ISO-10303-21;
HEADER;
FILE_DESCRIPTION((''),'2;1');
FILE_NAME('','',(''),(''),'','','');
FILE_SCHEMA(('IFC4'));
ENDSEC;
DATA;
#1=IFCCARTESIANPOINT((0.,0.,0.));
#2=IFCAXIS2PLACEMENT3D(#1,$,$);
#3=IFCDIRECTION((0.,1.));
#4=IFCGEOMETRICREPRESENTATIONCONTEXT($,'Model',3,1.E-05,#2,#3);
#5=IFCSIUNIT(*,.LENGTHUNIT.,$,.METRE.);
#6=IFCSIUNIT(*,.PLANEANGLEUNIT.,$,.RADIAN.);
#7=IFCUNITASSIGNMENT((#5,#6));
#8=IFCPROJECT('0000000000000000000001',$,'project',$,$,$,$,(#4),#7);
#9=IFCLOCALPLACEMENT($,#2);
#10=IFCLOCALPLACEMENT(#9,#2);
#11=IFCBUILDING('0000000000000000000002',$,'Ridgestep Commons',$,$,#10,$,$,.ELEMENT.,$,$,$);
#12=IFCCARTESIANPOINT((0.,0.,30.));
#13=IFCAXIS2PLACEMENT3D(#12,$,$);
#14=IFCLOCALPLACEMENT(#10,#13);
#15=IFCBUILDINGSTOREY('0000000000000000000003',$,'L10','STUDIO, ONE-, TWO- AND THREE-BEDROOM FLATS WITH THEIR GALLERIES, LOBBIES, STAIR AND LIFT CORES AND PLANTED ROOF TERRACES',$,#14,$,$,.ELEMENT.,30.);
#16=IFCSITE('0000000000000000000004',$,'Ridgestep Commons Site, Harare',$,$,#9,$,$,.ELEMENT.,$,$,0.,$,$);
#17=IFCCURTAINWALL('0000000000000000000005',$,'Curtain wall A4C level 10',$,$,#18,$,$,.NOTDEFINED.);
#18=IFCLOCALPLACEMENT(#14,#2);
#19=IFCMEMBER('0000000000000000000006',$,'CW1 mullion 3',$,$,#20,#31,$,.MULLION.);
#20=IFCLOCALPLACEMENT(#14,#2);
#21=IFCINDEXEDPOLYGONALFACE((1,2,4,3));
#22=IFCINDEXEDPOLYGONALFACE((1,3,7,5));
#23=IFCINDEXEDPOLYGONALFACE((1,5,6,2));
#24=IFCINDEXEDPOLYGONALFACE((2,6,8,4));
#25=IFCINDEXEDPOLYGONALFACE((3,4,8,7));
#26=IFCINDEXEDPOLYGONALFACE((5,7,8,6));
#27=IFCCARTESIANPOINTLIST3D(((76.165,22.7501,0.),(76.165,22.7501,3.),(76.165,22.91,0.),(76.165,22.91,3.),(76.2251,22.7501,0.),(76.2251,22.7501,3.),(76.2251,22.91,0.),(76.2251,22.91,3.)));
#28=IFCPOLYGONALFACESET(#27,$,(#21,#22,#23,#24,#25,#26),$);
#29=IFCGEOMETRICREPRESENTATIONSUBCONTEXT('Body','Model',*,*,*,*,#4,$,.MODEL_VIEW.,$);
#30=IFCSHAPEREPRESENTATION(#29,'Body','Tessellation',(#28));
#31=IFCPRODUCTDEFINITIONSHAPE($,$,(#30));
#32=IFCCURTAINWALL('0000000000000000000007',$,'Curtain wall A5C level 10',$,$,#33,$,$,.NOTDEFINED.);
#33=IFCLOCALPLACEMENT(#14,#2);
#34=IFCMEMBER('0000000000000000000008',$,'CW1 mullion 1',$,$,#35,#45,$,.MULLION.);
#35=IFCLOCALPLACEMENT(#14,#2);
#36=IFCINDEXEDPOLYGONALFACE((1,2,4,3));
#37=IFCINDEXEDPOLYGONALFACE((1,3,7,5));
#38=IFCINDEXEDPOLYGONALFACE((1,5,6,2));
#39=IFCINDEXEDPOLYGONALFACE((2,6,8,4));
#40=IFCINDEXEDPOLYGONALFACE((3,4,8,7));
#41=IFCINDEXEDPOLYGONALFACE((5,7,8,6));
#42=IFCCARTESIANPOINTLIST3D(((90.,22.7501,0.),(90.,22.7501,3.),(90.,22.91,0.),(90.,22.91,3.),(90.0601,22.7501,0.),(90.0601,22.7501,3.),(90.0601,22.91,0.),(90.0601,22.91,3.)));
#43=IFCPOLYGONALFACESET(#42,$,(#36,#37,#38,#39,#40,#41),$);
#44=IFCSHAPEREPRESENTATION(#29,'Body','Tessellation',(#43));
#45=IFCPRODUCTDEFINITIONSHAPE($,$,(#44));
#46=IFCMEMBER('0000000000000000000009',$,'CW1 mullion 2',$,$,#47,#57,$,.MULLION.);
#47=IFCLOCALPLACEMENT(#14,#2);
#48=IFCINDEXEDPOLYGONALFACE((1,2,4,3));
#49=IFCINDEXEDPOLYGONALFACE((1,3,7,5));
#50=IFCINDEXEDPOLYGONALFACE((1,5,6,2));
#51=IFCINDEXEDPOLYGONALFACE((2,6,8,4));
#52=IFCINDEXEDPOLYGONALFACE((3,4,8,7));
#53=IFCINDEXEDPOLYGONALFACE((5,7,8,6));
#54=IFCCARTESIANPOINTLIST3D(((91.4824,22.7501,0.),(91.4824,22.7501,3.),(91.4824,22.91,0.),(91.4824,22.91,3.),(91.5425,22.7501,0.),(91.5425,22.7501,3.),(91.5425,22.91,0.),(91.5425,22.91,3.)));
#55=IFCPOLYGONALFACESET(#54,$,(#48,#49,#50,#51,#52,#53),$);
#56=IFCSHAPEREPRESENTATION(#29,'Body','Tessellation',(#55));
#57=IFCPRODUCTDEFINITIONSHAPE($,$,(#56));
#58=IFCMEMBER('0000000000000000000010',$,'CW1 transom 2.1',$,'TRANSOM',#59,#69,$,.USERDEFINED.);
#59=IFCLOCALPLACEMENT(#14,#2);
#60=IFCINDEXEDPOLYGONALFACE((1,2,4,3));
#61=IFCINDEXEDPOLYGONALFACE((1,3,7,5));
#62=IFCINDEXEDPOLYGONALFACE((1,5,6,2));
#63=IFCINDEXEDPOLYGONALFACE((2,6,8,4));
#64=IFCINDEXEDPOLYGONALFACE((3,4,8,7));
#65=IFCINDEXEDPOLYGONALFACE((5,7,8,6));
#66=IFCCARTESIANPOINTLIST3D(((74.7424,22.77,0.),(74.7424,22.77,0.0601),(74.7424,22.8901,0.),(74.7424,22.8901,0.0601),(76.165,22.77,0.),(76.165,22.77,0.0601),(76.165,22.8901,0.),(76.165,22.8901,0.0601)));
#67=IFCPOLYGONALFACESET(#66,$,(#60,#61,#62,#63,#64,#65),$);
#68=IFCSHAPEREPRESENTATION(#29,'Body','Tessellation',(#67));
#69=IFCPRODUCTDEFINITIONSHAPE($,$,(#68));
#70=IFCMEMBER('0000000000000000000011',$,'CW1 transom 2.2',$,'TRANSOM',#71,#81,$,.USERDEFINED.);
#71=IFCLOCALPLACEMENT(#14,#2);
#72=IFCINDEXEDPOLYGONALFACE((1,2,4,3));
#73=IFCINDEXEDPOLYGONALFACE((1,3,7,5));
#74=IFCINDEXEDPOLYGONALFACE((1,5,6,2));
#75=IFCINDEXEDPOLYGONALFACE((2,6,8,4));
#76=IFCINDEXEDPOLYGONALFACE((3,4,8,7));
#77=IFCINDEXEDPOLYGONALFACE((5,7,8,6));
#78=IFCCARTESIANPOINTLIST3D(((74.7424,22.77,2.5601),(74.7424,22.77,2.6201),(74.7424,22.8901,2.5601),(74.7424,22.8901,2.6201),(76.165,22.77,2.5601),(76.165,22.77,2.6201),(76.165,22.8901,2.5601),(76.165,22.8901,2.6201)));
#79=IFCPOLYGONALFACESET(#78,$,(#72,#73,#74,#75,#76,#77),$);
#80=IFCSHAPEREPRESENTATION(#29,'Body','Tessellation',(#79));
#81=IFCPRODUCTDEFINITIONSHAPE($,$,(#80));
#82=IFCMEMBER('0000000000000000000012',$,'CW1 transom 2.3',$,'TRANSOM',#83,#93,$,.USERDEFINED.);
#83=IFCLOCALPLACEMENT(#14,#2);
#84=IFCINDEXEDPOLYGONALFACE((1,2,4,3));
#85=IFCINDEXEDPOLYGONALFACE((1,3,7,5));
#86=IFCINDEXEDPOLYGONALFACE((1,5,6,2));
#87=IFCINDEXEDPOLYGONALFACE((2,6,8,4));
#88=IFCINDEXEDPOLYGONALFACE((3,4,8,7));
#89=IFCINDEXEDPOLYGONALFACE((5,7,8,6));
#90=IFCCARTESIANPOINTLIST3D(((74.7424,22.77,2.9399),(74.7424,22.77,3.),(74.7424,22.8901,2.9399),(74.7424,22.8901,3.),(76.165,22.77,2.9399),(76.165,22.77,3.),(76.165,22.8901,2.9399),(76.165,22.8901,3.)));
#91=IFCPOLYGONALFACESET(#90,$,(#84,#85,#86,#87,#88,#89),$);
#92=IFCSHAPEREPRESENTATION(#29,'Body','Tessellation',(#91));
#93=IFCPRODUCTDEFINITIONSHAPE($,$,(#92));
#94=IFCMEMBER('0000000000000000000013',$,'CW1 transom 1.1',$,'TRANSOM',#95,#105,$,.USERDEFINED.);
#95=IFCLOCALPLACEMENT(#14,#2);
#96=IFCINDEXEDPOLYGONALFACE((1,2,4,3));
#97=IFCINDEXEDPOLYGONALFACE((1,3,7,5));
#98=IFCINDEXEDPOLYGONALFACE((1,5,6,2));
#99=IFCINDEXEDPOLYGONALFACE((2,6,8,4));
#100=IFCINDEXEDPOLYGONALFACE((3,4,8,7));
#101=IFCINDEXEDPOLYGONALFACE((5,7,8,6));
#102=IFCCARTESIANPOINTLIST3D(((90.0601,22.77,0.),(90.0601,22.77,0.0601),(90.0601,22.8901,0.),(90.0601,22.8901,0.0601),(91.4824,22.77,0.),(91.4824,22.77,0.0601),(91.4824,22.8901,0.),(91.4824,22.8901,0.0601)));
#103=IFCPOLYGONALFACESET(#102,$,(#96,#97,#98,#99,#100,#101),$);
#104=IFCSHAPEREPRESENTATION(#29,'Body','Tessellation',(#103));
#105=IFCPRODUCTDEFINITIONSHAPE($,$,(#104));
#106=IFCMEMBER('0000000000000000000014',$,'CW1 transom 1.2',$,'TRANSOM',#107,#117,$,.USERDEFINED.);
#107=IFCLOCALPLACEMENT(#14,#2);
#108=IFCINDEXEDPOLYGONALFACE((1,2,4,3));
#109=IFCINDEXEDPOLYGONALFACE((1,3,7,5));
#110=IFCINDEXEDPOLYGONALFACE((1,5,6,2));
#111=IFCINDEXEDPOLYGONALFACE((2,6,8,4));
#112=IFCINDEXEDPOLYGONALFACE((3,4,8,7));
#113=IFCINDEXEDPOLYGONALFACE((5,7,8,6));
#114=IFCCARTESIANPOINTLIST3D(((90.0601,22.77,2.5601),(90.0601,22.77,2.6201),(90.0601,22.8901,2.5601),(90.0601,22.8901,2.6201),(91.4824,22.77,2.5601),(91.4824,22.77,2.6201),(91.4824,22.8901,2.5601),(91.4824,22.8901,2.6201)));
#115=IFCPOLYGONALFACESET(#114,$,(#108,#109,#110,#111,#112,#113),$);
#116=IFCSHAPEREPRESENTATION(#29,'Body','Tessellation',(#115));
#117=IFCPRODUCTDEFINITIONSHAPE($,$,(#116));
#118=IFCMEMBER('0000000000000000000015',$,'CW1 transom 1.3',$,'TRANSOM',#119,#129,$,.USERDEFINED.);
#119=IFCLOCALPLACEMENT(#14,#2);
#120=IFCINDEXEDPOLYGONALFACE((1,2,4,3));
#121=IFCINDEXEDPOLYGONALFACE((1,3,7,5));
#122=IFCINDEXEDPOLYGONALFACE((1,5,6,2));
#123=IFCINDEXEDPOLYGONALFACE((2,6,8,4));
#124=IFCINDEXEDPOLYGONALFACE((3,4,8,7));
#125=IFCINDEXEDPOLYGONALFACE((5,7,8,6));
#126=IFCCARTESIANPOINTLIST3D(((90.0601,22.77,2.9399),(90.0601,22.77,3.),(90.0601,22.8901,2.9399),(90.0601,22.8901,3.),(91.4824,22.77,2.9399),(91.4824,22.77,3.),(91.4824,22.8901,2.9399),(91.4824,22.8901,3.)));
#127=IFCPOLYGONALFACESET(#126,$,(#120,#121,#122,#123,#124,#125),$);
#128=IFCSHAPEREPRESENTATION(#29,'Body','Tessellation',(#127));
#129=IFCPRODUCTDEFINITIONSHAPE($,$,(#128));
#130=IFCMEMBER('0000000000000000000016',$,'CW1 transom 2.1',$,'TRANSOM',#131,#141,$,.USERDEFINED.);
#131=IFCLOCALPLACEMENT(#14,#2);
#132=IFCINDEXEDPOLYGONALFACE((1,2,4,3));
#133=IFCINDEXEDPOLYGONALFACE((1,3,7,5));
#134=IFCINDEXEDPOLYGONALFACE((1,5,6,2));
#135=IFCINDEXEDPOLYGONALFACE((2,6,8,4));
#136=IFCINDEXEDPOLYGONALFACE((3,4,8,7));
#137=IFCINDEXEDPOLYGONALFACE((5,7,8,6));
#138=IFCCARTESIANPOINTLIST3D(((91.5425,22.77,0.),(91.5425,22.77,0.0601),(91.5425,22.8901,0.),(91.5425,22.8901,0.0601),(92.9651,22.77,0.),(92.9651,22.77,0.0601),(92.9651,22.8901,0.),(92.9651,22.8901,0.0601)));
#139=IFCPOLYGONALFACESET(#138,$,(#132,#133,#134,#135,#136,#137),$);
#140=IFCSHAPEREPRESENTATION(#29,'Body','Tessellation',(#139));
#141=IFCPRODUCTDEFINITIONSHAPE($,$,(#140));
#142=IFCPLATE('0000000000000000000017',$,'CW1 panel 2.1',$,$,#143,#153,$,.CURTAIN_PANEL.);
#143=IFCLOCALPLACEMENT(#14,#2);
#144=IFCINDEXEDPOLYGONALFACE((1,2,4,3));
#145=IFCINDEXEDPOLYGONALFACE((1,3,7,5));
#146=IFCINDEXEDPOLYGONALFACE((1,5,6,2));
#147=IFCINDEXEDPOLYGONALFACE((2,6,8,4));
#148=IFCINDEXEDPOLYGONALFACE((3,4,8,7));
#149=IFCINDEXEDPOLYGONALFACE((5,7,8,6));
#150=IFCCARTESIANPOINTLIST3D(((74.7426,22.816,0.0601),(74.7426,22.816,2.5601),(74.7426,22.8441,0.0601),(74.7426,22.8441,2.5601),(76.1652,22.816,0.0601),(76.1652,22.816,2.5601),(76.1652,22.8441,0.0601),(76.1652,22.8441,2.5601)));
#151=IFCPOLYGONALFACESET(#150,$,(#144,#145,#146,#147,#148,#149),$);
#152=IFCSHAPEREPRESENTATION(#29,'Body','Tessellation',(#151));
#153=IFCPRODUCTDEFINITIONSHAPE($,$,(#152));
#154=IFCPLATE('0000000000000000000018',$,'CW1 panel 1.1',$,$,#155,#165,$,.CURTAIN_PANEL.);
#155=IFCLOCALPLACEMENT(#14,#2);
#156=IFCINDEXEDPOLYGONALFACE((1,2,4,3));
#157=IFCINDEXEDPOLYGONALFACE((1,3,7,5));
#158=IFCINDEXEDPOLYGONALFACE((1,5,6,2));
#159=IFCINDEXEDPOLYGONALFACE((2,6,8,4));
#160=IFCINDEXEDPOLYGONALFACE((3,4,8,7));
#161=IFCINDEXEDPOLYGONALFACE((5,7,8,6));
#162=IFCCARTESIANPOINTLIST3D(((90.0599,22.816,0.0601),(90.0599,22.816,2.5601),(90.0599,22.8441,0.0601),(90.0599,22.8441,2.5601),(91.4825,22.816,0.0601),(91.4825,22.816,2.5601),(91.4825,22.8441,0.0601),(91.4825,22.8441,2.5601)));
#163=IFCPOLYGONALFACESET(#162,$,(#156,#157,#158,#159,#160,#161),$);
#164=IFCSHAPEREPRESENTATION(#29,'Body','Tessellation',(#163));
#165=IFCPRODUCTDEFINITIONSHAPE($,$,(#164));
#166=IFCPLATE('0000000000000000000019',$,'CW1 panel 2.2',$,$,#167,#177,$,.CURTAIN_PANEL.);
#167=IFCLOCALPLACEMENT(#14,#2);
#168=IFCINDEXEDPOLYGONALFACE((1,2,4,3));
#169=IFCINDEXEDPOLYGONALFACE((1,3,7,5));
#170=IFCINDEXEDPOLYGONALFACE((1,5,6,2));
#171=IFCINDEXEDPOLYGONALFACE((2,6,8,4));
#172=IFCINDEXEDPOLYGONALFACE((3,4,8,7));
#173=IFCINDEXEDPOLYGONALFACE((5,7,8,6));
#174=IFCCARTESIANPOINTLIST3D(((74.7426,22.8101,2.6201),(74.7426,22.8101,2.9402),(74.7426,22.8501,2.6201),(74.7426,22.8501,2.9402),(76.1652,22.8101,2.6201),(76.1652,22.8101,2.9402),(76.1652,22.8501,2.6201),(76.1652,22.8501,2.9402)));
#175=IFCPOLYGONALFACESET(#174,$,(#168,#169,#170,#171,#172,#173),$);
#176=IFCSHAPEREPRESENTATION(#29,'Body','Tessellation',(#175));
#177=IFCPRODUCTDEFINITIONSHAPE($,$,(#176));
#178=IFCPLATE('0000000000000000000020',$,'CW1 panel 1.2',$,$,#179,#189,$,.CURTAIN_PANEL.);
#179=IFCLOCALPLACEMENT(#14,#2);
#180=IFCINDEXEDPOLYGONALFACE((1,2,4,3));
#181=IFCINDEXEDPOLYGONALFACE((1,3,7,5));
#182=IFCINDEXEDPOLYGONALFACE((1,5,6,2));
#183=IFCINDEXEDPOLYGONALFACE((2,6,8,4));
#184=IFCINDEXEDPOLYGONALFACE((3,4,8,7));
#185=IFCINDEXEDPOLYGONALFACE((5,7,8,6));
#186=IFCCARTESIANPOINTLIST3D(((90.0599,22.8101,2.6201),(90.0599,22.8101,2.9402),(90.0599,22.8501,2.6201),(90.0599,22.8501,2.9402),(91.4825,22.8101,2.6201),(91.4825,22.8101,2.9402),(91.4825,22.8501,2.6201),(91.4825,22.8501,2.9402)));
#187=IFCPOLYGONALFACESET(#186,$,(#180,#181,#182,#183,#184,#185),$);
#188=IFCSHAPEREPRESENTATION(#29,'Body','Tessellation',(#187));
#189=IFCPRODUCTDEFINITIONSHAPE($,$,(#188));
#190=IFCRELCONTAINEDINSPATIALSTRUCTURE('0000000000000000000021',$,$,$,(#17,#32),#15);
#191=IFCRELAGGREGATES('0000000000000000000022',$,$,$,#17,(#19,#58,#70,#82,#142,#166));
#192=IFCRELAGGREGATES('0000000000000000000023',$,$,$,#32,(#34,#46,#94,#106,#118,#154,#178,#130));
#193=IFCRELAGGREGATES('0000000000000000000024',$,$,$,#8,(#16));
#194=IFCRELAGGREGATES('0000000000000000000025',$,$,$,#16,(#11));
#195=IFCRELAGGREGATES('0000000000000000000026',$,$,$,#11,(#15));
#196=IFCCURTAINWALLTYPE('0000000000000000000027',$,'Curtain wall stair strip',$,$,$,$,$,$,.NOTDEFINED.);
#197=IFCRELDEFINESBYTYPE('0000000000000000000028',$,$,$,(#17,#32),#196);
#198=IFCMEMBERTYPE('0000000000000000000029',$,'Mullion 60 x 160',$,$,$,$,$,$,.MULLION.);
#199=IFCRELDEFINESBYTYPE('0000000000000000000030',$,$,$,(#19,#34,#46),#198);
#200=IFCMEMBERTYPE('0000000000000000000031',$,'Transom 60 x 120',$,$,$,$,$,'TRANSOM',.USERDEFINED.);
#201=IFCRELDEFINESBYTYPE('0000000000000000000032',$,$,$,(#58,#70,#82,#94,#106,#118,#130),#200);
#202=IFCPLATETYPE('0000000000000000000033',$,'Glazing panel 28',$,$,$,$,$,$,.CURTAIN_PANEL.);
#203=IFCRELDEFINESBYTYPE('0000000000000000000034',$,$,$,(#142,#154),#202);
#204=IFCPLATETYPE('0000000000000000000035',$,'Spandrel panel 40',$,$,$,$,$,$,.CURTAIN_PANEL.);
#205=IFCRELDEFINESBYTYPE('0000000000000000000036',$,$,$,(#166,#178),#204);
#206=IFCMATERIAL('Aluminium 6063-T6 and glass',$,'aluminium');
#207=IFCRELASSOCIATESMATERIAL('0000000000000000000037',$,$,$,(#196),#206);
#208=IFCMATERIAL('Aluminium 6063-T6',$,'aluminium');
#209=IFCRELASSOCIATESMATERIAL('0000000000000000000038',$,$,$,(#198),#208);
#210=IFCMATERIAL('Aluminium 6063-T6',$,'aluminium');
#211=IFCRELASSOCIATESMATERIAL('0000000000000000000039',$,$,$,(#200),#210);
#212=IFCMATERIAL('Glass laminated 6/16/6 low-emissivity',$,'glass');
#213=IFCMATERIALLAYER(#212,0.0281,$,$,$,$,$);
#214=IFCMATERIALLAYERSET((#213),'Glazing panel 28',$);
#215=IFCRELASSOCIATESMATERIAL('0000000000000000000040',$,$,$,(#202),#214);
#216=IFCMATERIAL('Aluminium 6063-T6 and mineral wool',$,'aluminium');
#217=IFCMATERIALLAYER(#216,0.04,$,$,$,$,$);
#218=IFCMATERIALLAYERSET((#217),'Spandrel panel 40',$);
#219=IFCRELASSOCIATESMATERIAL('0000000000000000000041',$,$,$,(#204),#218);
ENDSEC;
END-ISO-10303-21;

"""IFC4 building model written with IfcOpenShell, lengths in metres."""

from ifc_helpers import new_model, si_unit, direction, frame, origin, origin_2d, place, context, subcontext, project, spatial, rectangle, extrude, material, layer, layer_set, material_profile, profile_set, type_object, element, aggregate, save


model = new_model("IFC4")

# Units and contexts
model_context = context("Model", 3, precision=1e-05, world=origin(), true_north=direction((0.0, 1.0)))
body_context = subcontext(model_context, "Body", "Model", "MODEL_VIEW")
ifc_project = project(units=[si_unit("LENGTHUNIT", "METRE"), si_unit("PLANEANGLEUNIT", "RADIAN")], contexts=[model_context])

# Site, building, storey
site_placement = place(None, origin())
site = spatial("IfcSite", under=ifc_project, at=site_placement, Name="Ridgestep Commons Site, Harare", CompositionType="ELEMENT", RefElevation=0.0)
building_placement = place(site_placement, origin())
building = spatial("IfcBuilding", under=site, at=building_placement, Name="Ridgestep Commons", CompositionType="ELEMENT")
storey_placement = place(building_placement, frame((0.0, 0.0, 30.0)))
storey = spatial("IfcBuildingStorey", under=building, at=storey_placement, Name="L10", Description="STUDIO, ONE-, TWO- AND THREE-BEDROOM FLATS WITH THEIR GALLERIES, LOBBIES, STAIR AND LIFT CORES AND PLANTED ROOF TERRACES", CompositionType="ELEMENT", Elevation=30.0)

# Curtain wall, member
ifc_material_1 = material(Name="Aluminium 6063-T6 and glass", Category="aluminium")
curtain_wall_type = type_object("IfcCurtainWallType", Name="Curtain wall stair strip", PredefinedType="NOTDEFINED", material=ifc_material_1)
curtain_wall_1_placement = place(storey_placement, origin())
curtain_wall_1 = element("IfcCurtainWall", 1, at=curtain_wall_1_placement, inside=storey, type_object=curtain_wall_type, Name="Curtain wall A4C level 10", PredefinedType="NOTDEFINED")
ifc_material_2 = material(Name="Aluminium 6063-T6", Category="aluminium")
ifc_material_profile_1 = material_profile(ifc_material_2, rectangle(XDim=0.1599, YDim=0.0601, at=origin_2d()), Name="Mullion 60 x 160")
ifc_profile_set_1 = profile_set([ifc_material_profile_1], Name="Aluminium 6063-T6")
member_type_1 = type_object("IfcMemberType", Name="Mullion 60 x 160", PredefinedType="MULLION", material=ifc_profile_set_1)
member_1_placement = place(storey_placement, frame((76.1951, 22.8301, 0.0), z_axis=(0.0, 0.0, 1.0), x_axis=(0.0, 1.0, 0.0)))
member_1 = element("IfcMember", 2, at=member_1_placement, type_object=member_type_1, Name="CW1 mullion 3", PredefinedType="MULLION", context=body_context, shape_type="SweptSolid", body=[
    extrude(rectangle(XDim=0.1599, YDim=0.0601, at=origin_2d()), origin(), (0.0, 0.0, 1.0), 3.0),
])

# Curtain wall, members
curtain_wall_2_placement = place(storey_placement, origin())
curtain_wall_2 = element("IfcCurtainWall", 3, at=curtain_wall_2_placement, inside=storey, type_object=curtain_wall_type, Name="Curtain wall A5C level 10", PredefinedType="NOTDEFINED")
member_2_placement = place(storey_placement, frame((90.03, 22.8301, 0.0), z_axis=(0.0, 0.0, 1.0), x_axis=(0.0, 1.0, 0.0)))
member_2 = element("IfcMember", 4, at=member_2_placement, type_object=member_type_1, Name="CW1 mullion 1", PredefinedType="MULLION", context=body_context, shape_type="SweptSolid", body=[
    extrude(rectangle(XDim=0.1599, YDim=0.0601, at=origin_2d()), origin(), (0.0, 0.0, 1.0), 3.0),
])
member_3_placement = place(storey_placement, frame((91.5125, 22.8301, 0.0), z_axis=(0.0, 0.0, 1.0), x_axis=(0.0, 1.0, 0.0)))
member_3 = element("IfcMember", 5, at=member_3_placement, type_object=member_type_1, Name="CW1 mullion 2", PredefinedType="MULLION", context=body_context, shape_type="SweptSolid", body=[
    extrude(rectangle(XDim=0.1599, YDim=0.0601, at=origin_2d()), origin(), (0.0, 0.0, 1.0), 3.0),
])

# Members
ifc_material_3 = material(Name="Aluminium 6063-T6", Category="aluminium")
ifc_material_profile_2 = material_profile(ifc_material_3, rectangle(XDim=0.1201, YDim=0.0601, at=origin_2d()), Name="Transom 60 x 120")
ifc_profile_set_2 = profile_set([ifc_material_profile_2], Name="Aluminium 6063-T6")
member_type_2 = type_object("IfcMemberType", Name="Transom 60 x 120", ElementType="TRANSOM", PredefinedType="USERDEFINED", material=ifc_profile_set_2)
member_4_placement = place(storey_placement, frame((74.7424, 22.8301, 0.03), z_axis=(1.0, 0.0, 0.0), x_axis=(0.0, 1.0, 0.0)))
member_4 = element("IfcMember", 6, at=member_4_placement, type_object=member_type_2, Name="CW1 transom 2.1", ObjectType="TRANSOM", PredefinedType="USERDEFINED", context=body_context, shape_type="SweptSolid", body=[
    extrude(rectangle(XDim=0.1201, YDim=0.0601, at=origin_2d()), origin(), (0.0, 0.0, 1.0), 1.4226),
])
member_5_placement = place(storey_placement, frame((74.7424, 22.8301, 2.5901), z_axis=(1.0, 0.0, 0.0), x_axis=(0.0, 1.0, 0.0)))
member_5 = element("IfcMember", 7, at=member_5_placement, type_object=member_type_2, Name="CW1 transom 2.2", ObjectType="TRANSOM", PredefinedType="USERDEFINED", context=body_context, shape_type="SweptSolid", body=[
    extrude(rectangle(XDim=0.1201, YDim=0.0601, at=origin_2d()), origin(), (0.0, 0.0, 1.0), 1.4226),
])
member_6_placement = place(storey_placement, frame((74.7424, 22.8301, 2.97), z_axis=(1.0, 0.0, 0.0), x_axis=(0.0, 1.0, 0.0)))
member_6 = element("IfcMember", 8, at=member_6_placement, type_object=member_type_2, Name="CW1 transom 2.3", ObjectType="TRANSOM", PredefinedType="USERDEFINED", context=body_context, shape_type="SweptSolid", body=[
    extrude(rectangle(XDim=0.1201, YDim=0.0601, at=origin_2d()), origin(), (0.0, 0.0, 1.0), 1.4226),
])
member_7_placement = place(storey_placement, frame((90.0601, 22.8301, 0.03), z_axis=(1.0, 0.0, 0.0), x_axis=(0.0, 1.0, 0.0)))
member_7 = element("IfcMember", 9, at=member_7_placement, type_object=member_type_2, Name="CW1 transom 1.1", ObjectType="TRANSOM", PredefinedType="USERDEFINED", context=body_context, shape_type="SweptSolid", body=[
    extrude(rectangle(XDim=0.1201, YDim=0.0601, at=origin_2d()), origin(), (0.0, 0.0, 1.0), 1.4224),
])
member_8_placement = place(storey_placement, frame((90.0601, 22.8301, 2.5901), z_axis=(1.0, 0.0, 0.0), x_axis=(0.0, 1.0, 0.0)))
member_8 = element("IfcMember", 10, at=member_8_placement, type_object=member_type_2, Name="CW1 transom 1.2", ObjectType="TRANSOM", PredefinedType="USERDEFINED", context=body_context, shape_type="SweptSolid", body=[
    extrude(rectangle(XDim=0.1201, YDim=0.0601, at=origin_2d()), origin(), (0.0, 0.0, 1.0), 1.4224),
])
member_9_placement = place(storey_placement, frame((90.0601, 22.8301, 2.97), z_axis=(1.0, 0.0, 0.0), x_axis=(0.0, 1.0, 0.0)))
member_9 = element("IfcMember", 11, at=member_9_placement, type_object=member_type_2, Name="CW1 transom 1.3", ObjectType="TRANSOM", PredefinedType="USERDEFINED", context=body_context, shape_type="SweptSolid", body=[
    extrude(rectangle(XDim=0.1201, YDim=0.0601, at=origin_2d()), origin(), (0.0, 0.0, 1.0), 1.4224),
])
member_10_placement = place(storey_placement, frame((91.5425, 22.8301, 0.03), z_axis=(1.0, 0.0, 0.0), x_axis=(0.0, 1.0, 0.0)))
member_10 = element("IfcMember", 12, at=member_10_placement, type_object=member_type_2, Name="CW1 transom 2.1", ObjectType="TRANSOM", PredefinedType="USERDEFINED", context=body_context, shape_type="SweptSolid", body=[
    extrude(rectangle(XDim=0.1201, YDim=0.0601, at=origin_2d()), origin(), (0.0, 0.0, 1.0), 1.4226),
])

# Plates
ifc_material_4 = material(Name="Glass laminated 6/16/6 low-emissivity", Category="glass")
ifc_layer_1 = layer(ifc_material_4, 0.0281)
ifc_layer_set_1 = layer_set([ifc_layer_1], Name="Glazing panel 28")
plate_type_1 = type_object("IfcPlateType", Name="Glazing panel 28", PredefinedType="CURTAIN_PANEL", material=ifc_layer_set_1)
plate_1_placement = place(storey_placement, frame((75.4539, 22.8301, 0.0601), z_axis=(0.0, 0.0, 1.0), x_axis=(1.0, 0.0, 0.0)))
plate_1 = element("IfcPlate", 13, at=plate_1_placement, type_object=plate_type_1, Name="CW1 panel 2.1", PredefinedType="CURTAIN_PANEL", context=body_context, shape_type="SweptSolid", body=[
    extrude(rectangle(XDim=1.4226, YDim=0.0281, at=origin_2d()), origin(), (0.0, 0.0, 1.0), 2.5),
])
plate_2_placement = place(storey_placement, frame((90.7712, 22.8301, 0.0601), z_axis=(0.0, 0.0, 1.0), x_axis=(1.0, 0.0, 0.0)))
plate_2 = element("IfcPlate", 14, at=plate_2_placement, type_object=plate_type_1, Name="CW1 panel 1.1", PredefinedType="CURTAIN_PANEL", context=body_context, shape_type="SweptSolid", body=[
    extrude(rectangle(XDim=1.4226, YDim=0.0281, at=origin_2d()), origin(), (0.0, 0.0, 1.0), 2.5),
])
ifc_material_5 = material(Name="Aluminium 6063-T6 and mineral wool", Category="aluminium")
ifc_layer_2 = layer(ifc_material_5, 0.04)
ifc_layer_set_2 = layer_set([ifc_layer_2], Name="Spandrel panel 40")
plate_type_2 = type_object("IfcPlateType", Name="Spandrel panel 40", PredefinedType="CURTAIN_PANEL", material=ifc_layer_set_2)
plate_3_placement = place(storey_placement, frame((75.4539, 22.8301, 2.6201), z_axis=(0.0, 0.0, 1.0), x_axis=(1.0, 0.0, 0.0)))
plate_3 = element("IfcPlate", 15, at=plate_3_placement, type_object=plate_type_2, Name="CW1 panel 2.2", PredefinedType="CURTAIN_PANEL", context=body_context, shape_type="SweptSolid", body=[
    extrude(rectangle(XDim=1.4226, YDim=0.04, at=origin_2d()), origin(), (0.0, 0.0, 1.0), 0.3201),
])
aggregate(curtain_wall_1, [member_1, member_4, member_5, member_6, plate_1, plate_3])
plate_4_placement = place(storey_placement, frame((90.7712, 22.8301, 2.6201), z_axis=(0.0, 0.0, 1.0), x_axis=(1.0, 0.0, 0.0)))
plate_4 = element("IfcPlate", 16, at=plate_4_placement, type_object=plate_type_2, Name="CW1 panel 1.2", PredefinedType="CURTAIN_PANEL", context=body_context, shape_type="SweptSolid", body=[
    extrude(rectangle(XDim=1.4226, YDim=0.04, at=origin_2d()), origin(), (0.0, 0.0, 1.0), 0.3201),
])
aggregate(curtain_wall_2, [member_2, member_3, member_7, member_8, member_9, plate_2, plate_4, member_10])

save(model, "model.ifc")
